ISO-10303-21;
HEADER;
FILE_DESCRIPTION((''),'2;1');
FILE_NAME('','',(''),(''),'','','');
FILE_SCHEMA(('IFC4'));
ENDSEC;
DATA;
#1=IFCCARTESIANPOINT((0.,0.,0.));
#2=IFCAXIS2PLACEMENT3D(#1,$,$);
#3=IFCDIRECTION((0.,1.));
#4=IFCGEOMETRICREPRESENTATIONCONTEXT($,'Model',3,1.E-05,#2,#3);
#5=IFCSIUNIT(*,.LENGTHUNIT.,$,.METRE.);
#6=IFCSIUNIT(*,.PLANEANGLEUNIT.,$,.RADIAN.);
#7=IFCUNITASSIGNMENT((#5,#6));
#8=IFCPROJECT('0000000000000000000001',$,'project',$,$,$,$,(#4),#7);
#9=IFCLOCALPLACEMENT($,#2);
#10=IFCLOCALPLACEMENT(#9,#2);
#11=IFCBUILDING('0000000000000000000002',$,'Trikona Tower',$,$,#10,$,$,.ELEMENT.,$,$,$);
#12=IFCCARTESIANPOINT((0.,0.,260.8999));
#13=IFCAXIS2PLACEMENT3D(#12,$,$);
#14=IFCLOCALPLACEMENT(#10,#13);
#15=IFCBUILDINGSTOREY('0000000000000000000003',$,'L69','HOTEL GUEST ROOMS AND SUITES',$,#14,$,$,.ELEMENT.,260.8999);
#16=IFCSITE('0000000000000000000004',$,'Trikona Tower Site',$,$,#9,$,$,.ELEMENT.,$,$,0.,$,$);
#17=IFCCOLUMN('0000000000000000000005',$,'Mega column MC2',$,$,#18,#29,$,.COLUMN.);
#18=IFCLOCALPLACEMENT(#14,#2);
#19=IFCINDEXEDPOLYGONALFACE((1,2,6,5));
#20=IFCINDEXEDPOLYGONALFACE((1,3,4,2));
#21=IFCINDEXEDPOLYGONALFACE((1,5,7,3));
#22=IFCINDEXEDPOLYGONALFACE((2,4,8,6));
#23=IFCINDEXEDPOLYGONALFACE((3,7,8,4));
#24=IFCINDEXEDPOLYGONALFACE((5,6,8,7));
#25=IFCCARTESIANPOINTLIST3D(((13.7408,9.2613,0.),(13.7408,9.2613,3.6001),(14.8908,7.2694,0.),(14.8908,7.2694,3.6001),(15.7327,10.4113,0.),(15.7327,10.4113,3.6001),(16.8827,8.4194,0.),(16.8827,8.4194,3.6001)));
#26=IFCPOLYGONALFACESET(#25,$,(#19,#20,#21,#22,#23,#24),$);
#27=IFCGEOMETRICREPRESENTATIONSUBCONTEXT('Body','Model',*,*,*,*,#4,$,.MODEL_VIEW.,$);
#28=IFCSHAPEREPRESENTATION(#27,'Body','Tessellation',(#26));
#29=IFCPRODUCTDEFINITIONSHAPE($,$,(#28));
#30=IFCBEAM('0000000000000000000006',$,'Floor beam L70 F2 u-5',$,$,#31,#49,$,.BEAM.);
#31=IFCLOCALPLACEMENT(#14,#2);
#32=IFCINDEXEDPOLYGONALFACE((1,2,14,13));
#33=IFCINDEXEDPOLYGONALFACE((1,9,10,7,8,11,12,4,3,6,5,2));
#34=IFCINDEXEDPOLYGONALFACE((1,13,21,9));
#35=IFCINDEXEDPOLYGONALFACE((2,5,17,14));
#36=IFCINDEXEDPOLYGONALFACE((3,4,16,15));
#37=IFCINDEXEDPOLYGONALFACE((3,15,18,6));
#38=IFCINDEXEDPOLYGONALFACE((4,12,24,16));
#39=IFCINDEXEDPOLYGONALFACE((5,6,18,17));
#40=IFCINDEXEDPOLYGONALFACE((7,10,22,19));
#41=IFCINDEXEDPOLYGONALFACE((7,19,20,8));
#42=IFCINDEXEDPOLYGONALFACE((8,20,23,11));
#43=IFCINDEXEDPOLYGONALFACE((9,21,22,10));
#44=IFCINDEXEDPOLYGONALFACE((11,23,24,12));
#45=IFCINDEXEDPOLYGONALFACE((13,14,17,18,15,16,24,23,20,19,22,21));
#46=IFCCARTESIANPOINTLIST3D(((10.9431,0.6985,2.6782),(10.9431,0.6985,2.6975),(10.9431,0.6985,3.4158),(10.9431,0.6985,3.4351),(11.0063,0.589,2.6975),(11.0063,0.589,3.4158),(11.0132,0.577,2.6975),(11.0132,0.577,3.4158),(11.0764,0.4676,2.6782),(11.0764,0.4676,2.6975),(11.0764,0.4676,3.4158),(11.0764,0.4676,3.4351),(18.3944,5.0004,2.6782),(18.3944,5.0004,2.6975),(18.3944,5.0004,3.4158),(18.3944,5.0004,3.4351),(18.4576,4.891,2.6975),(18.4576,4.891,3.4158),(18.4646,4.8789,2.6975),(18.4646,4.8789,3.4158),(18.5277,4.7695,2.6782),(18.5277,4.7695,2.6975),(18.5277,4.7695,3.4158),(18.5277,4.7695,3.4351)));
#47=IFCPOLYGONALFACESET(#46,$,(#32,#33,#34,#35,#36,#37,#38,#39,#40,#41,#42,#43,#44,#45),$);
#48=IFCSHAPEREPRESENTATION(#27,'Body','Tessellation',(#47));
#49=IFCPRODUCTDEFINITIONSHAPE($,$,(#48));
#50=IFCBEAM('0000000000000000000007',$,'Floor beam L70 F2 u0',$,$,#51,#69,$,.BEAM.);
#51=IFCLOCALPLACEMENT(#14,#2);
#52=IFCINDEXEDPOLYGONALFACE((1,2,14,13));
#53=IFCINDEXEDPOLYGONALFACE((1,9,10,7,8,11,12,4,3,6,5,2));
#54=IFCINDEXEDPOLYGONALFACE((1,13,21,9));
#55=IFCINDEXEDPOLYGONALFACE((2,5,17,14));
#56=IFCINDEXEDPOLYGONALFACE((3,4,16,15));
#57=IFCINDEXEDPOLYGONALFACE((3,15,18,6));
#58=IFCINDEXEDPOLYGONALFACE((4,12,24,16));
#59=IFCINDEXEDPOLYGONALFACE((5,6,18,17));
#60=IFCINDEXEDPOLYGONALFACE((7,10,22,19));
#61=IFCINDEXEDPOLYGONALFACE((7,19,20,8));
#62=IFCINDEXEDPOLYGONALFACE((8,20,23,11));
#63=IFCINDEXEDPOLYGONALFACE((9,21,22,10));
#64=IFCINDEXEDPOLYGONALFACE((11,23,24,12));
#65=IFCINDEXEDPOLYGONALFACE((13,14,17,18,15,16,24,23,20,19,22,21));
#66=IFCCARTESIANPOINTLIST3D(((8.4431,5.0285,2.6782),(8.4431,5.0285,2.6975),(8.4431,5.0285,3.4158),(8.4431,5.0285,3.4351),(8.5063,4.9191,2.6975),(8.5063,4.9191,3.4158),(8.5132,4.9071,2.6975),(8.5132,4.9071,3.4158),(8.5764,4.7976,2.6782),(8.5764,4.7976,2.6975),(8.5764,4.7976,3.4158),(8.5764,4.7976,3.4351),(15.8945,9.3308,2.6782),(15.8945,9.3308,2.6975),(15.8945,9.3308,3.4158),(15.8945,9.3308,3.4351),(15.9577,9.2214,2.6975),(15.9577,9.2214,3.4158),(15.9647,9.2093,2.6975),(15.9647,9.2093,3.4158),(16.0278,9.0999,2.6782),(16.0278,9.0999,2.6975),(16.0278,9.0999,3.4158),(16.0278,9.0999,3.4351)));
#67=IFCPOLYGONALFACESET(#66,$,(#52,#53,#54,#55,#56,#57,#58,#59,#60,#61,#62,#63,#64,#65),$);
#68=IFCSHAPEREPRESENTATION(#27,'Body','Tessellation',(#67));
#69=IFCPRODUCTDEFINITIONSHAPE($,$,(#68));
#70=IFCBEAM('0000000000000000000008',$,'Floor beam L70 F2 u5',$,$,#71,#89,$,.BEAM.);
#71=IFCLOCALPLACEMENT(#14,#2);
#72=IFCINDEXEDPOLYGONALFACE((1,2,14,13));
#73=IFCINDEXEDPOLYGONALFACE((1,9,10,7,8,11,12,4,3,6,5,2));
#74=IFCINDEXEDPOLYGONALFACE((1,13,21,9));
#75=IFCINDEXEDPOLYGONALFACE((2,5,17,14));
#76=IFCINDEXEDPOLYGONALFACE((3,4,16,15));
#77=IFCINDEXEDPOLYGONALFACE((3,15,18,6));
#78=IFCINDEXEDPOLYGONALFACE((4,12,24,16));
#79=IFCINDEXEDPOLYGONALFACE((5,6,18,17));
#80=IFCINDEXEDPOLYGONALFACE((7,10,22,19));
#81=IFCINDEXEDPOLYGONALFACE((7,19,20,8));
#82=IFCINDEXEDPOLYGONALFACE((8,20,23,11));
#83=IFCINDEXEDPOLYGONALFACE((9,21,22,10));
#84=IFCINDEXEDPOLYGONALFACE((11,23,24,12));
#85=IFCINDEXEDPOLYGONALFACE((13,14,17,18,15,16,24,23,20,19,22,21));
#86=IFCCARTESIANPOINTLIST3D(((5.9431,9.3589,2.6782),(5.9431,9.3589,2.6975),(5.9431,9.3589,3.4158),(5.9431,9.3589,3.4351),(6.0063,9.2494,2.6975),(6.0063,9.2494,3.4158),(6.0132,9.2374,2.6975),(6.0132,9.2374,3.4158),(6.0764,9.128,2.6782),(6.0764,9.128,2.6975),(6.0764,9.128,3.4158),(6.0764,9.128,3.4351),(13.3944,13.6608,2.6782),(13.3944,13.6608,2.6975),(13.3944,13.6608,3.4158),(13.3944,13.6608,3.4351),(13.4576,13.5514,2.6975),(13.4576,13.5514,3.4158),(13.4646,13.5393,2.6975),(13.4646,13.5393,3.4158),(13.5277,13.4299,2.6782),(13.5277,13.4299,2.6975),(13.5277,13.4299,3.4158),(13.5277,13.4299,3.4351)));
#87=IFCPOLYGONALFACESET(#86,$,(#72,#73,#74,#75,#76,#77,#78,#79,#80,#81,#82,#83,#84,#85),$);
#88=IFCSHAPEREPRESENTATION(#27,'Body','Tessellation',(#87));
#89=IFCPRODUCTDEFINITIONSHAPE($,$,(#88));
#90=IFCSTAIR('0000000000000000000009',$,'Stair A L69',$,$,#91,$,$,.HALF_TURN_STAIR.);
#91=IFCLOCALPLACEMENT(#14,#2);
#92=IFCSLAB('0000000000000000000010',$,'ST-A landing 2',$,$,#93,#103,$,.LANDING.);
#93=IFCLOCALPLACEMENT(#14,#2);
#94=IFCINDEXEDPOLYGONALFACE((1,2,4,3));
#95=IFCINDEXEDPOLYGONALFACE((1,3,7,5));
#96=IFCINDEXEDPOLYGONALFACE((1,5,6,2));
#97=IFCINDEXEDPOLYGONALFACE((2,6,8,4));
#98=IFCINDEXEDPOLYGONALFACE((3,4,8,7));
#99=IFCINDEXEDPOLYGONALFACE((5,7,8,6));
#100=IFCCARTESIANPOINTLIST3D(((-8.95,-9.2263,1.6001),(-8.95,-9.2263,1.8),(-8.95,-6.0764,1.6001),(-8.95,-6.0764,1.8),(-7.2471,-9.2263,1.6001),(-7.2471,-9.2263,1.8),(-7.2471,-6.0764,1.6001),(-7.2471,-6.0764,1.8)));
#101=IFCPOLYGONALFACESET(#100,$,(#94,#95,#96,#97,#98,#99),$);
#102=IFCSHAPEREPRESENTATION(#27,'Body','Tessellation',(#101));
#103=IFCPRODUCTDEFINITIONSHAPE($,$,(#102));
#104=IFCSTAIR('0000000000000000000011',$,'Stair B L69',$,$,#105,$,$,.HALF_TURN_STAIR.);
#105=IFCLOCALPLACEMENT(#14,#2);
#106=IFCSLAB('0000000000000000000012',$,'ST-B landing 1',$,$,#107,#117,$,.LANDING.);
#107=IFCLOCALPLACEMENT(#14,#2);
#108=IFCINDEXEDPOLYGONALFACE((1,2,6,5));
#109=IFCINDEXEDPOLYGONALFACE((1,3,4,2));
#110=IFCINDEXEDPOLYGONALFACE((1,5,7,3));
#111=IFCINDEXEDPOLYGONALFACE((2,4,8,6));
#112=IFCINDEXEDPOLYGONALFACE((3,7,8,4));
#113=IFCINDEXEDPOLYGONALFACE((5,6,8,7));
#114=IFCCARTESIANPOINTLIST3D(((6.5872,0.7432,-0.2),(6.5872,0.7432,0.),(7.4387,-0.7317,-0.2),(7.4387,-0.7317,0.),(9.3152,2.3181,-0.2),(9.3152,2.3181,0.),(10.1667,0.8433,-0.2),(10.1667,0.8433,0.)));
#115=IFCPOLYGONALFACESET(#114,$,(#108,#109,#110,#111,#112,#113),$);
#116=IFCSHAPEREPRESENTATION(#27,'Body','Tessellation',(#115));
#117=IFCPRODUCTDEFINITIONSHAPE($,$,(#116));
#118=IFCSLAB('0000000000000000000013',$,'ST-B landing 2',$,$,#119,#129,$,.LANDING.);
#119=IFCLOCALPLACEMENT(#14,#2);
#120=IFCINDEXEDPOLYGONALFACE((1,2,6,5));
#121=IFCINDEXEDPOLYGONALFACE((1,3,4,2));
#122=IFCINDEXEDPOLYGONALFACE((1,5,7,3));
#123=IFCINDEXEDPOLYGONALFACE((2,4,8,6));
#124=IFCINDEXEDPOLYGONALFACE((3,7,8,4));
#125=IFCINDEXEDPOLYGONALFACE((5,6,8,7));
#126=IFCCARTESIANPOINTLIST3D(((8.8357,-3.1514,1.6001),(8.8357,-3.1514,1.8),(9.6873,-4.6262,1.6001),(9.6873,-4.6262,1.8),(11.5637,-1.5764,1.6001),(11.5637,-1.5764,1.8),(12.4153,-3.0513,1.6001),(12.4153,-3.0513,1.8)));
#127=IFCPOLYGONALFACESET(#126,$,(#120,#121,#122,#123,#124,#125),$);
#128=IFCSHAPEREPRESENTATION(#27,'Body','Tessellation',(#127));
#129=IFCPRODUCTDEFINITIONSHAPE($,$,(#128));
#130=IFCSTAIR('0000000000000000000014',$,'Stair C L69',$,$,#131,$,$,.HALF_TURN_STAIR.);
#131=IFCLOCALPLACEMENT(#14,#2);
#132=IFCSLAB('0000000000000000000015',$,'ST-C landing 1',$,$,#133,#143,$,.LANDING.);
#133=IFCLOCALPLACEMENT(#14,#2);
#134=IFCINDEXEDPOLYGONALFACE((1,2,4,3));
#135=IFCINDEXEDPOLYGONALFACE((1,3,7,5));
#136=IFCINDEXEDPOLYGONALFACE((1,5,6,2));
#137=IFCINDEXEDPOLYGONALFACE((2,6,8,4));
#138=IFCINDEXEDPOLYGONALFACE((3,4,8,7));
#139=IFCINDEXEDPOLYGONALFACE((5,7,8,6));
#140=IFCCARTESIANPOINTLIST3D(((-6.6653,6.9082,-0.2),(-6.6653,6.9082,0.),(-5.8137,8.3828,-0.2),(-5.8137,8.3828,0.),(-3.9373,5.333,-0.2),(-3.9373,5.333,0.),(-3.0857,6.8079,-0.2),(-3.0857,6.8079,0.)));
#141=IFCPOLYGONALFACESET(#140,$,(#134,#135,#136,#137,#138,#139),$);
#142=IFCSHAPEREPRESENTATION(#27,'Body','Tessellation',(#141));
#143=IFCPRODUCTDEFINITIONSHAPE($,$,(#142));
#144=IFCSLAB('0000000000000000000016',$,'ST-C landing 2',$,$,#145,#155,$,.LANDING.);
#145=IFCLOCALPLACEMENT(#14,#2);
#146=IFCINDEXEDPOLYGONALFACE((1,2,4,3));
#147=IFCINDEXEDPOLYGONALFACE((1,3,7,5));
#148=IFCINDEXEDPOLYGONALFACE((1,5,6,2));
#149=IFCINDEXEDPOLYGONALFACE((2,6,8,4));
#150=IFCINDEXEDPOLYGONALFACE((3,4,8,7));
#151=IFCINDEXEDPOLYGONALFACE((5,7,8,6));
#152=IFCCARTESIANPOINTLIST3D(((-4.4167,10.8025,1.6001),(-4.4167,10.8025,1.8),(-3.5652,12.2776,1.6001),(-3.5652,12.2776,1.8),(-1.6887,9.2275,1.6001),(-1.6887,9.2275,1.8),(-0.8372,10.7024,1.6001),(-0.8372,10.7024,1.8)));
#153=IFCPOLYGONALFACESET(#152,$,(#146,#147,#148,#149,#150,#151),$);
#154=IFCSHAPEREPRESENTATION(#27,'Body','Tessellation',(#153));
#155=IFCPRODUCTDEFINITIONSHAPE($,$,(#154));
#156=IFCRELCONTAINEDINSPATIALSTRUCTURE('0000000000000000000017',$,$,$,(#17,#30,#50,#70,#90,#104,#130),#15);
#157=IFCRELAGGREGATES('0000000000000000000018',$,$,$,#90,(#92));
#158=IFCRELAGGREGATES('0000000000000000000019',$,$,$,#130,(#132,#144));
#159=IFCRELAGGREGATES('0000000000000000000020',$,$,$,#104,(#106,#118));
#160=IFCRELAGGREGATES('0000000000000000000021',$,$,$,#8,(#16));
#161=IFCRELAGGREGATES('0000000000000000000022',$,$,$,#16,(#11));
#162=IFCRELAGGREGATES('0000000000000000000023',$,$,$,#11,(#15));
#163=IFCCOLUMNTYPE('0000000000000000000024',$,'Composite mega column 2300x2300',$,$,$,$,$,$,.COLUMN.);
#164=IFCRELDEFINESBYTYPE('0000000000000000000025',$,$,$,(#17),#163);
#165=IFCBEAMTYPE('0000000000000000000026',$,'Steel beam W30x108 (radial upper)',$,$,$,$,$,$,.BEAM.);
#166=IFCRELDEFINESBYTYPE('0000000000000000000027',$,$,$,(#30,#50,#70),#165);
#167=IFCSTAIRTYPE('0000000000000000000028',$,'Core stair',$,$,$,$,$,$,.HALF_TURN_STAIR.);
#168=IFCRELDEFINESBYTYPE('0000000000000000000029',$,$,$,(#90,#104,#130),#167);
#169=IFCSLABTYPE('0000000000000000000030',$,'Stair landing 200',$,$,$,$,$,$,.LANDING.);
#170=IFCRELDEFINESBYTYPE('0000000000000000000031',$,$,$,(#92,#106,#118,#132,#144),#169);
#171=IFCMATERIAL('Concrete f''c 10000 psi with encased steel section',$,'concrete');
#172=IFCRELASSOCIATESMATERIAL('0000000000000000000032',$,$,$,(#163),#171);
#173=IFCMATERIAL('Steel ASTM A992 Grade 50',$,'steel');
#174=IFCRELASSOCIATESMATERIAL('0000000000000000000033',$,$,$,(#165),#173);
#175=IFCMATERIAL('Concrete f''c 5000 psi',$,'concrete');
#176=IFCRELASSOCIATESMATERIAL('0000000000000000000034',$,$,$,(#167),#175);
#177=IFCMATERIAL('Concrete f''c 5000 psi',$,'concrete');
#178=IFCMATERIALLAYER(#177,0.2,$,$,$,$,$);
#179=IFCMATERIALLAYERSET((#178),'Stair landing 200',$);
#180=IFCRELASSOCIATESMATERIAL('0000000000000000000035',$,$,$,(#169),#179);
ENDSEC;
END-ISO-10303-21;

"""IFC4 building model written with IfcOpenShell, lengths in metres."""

from ifc_helpers import new_model, si_unit, direction, frame, origin, origin_2d, place, context, subcontext, project, spatial, polyline, rectangle, i_section, outline, extrude, material, layer, layer_set, material_profile, profile_set, type_object, element, aggregate, save


model = new_model("IFC4")

# Units and contexts
model_context = context("Model", 3, precision=1e-05, world=origin(), true_north=direction((0.0, 1.0)))
body_context = subcontext(model_context, "Body", "Model", "MODEL_VIEW")
ifc_project = project(units=[si_unit("LENGTHUNIT", "METRE"), si_unit("PLANEANGLEUNIT", "RADIAN")], contexts=[model_context])

# Site, building, storey
site_placement = place(None, origin())
site = spatial("IfcSite", under=ifc_project, at=site_placement, Name="Trikona Tower Site", CompositionType="ELEMENT", RefElevation=0.0)
building_placement = place(site_placement, origin())
building = spatial("IfcBuilding", under=site, at=building_placement, Name="Trikona Tower", CompositionType="ELEMENT")
storey_placement = place(building_placement, frame((0.0, 0.0, 260.8999)))
storey = spatial("IfcBuildingStorey", under=building, at=storey_placement, Name="L69", Description="HOTEL GUEST ROOMS AND SUITES", CompositionType="ELEMENT", Elevation=260.8999)

# Column
ifc_material_1 = material(Name="Concrete f'c 10000 psi with encased steel section", Category="concrete")
ifc_material_profile_1 = material_profile(ifc_material_1, rectangle(XDim=2.3, YDim=2.3, at=origin_2d()), Name="MC2300")
ifc_profile_set_1 = profile_set([ifc_material_profile_1], Name="Concrete f'c 10000 psi with encased steel section")
column_type = type_object("IfcColumnType", Name="Composite mega column 2300x2300", PredefinedType="COLUMN", material=ifc_profile_set_1)
column_placement = place(storey_placement, frame((15.3118, 8.8403, 0.0), z_axis=(0.0, 0.0, 1.0), x_axis=(0.866025, 0.5, 0.0)))
element("IfcColumn", 1, at=column_placement, inside=storey, type_object=column_type, Name="Mega column MC2", PredefinedType="COLUMN", context=body_context, shape_type="SweptSolid", body=[
    extrude(rectangle(XDim=2.3, YDim=2.3, at=origin_2d()), origin(), (0.0, 0.0, 1.0), 3.6001),
])

# Beams
ifc_material_2 = material(Name="Steel ASTM A992 Grade 50", Category="steel")
ifc_material_profile_2 = material_profile(ifc_material_2, i_section(OverallWidth=0.2666, OverallDepth=0.7568, WebThickness=0.0139, FlangeThickness=0.0193, at=origin_2d()), Name="W30X108")
ifc_profile_set_2 = profile_set([ifc_material_profile_2], Name="Steel ASTM A992 Grade 50")
beam_type = type_object("IfcBeamType", Name="Steel beam W30x108 (radial upper)", PredefinedType="BEAM", material=ifc_profile_set_2)
beam_1_placement = place(storey_placement, frame((11.0098, 0.583, 3.0566), z_axis=(0.866029, 0.499993, 0.0), x_axis=(-0.499993, 0.866029, 0.0)))
element("IfcBeam", 2, at=beam_1_placement, inside=storey, type_object=beam_type, Name="Floor beam L70 F2 u-5", PredefinedType="BEAM", context=body_context, shape_type="SweptSolid", body=[
    extrude(i_section(OverallWidth=0.2666, OverallDepth=0.7568, WebThickness=0.0139, FlangeThickness=0.0193, at=origin_2d()), origin(), (0.0, 0.0, 1.0), 8.604),
])
beam_2_placement = place(storey_placement, frame((8.5098, 4.9131, 3.0566), z_axis=(0.866017, 0.500015, 0.0), x_axis=(-0.500015, 0.866017, 0.0)))
element("IfcBeam", 3, at=beam_2_placement, inside=storey, type_object=beam_type, Name="Floor beam L70 F2 u0", PredefinedType="BEAM", context=body_context, shape_type="SweptSolid", body=[
    extrude(i_section(OverallWidth=0.2666, OverallDepth=0.7568, WebThickness=0.0139, FlangeThickness=0.0193, at=origin_2d()), origin(), (0.0, 0.0, 1.0), 8.6042),
])
beam_3_placement = place(storey_placement, frame((6.0098, 9.2434, 3.0566), z_axis=(0.866029, 0.499993, 0.0), x_axis=(-0.499993, 0.866029, 0.0)))
element("IfcBeam", 4, at=beam_3_placement, inside=storey, type_object=beam_type, Name="Floor beam L70 F2 u5", PredefinedType="BEAM", context=body_context, shape_type="SweptSolid", body=[
    extrude(i_section(OverallWidth=0.2666, OverallDepth=0.7568, WebThickness=0.0139, FlangeThickness=0.0193, at=origin_2d()), origin(), (0.0, 0.0, 1.0), 8.604),
])

# Stair, slab
ifc_material_3 = material(Name="Concrete f'c 5000 psi", Category="concrete")
stair_type = type_object("IfcStairType", Name="Core stair", PredefinedType="HALF_TURN_STAIR", material=ifc_material_3)
stair_1_placement = place(storey_placement, origin())
stair_1 = element("IfcStair", 5, at=stair_1_placement, inside=storey, type_object=stair_type, Name="Stair A L69", PredefinedType="HALF_TURN_STAIR")
ifc_material_4 = material(Name="Concrete f'c 5000 psi", Category="concrete")
ifc_layer_1 = layer(ifc_material_4, 0.2)
ifc_layer_set_1 = layer_set([ifc_layer_1], Name="Stair landing 200")
slab_type = type_object("IfcSlabType", Name="Stair landing 200", PredefinedType="LANDING", material=ifc_layer_set_1)
slab_1_placement = place(storey_placement, frame((0.0, 0.0, 1.6001)))
slab_1 = element("IfcSlab", 6, at=slab_1_placement, type_object=slab_type, Name="ST-A landing 2", PredefinedType="LANDING", context=body_context, shape_type="SweptSolid", body=[
    extrude(outline(polyline([(-8.95, -6.0764), (-7.2471, -6.0764), (-7.2471, -9.2263), (-8.95, -9.2263), (-8.95, -6.0764)])), origin(), (0.0, 0.0, 1.0), 0.2),
])
aggregate(stair_1, [slab_1])

# Stairs, slabs
stair_2_placement = place(storey_placement, origin())
stair_2 = element("IfcStair", 7, at=stair_2_placement, inside=storey, type_object=stair_type, Name="Stair B L69", PredefinedType="HALF_TURN_STAIR")
slab_2_placement = place(storey_placement, frame((0.0, 0.0, -0.2)))
slab_2 = element("IfcSlab", 8, at=slab_2_placement, type_object=slab_type, Name="ST-B landing 1", PredefinedType="LANDING", context=body_context, shape_type="SweptSolid", body=[
    extrude(outline(polyline([(7.4387, -0.7317), (6.5872, 0.7432), (9.3152, 2.3181), (10.1667, 0.8433), (7.4387, -0.7317)])), origin(), (0.0, 0.0, 1.0), 0.2),
])
slab_3_placement = place(storey_placement, frame((0.0, 0.0, 1.6001)))
slab_3 = element("IfcSlab", 9, at=slab_3_placement, type_object=slab_type, Name="ST-B landing 2", PredefinedType="LANDING", context=body_context, shape_type="SweptSolid", body=[
    extrude(outline(polyline([(9.6873, -4.6262), (8.8357, -3.1514), (11.5637, -1.5764), (12.4153, -3.0513), (9.6873, -4.6262)])), origin(), (0.0, 0.0, 1.0), 0.2),
])
stair_3_placement = place(storey_placement, origin())
stair_3 = element("IfcStair", 10, at=stair_3_placement, inside=storey, type_object=stair_type, Name="Stair C L69", PredefinedType="HALF_TURN_STAIR")
slab_4_placement = place(storey_placement, frame((0.0, 0.0, -0.2)))
slab_4 = element("IfcSlab", 11, at=slab_4_placement, type_object=slab_type, Name="ST-C landing 1", PredefinedType="LANDING", context=body_context, shape_type="SweptSolid", body=[
    extrude(outline(polyline([(-3.0857, 6.8079), (-3.9373, 5.333), (-6.6653, 6.9082), (-5.8137, 8.3828), (-3.0857, 6.8079)])), origin(), (0.0, 0.0, 1.0), 0.2),
])
slab_5_placement = place(storey_placement, frame((0.0, 0.0, 1.6001)))
slab_5 = element("IfcSlab", 12, at=slab_5_placement, type_object=slab_type, Name="ST-C landing 2", PredefinedType="LANDING", context=body_context, shape_type="SweptSolid", body=[
    extrude(outline(polyline([(-0.8372, 10.7024), (-1.6887, 9.2275), (-4.4167, 10.8025), (-3.5652, 12.2776), (-0.8372, 10.7024)])), origin(), (0.0, 0.0, 1.0), 0.2),
])
aggregate(stair_3, [slab_4, slab_5])

aggregate(stair_2, [slab_2, slab_3])

save(model, "model.ifc")
